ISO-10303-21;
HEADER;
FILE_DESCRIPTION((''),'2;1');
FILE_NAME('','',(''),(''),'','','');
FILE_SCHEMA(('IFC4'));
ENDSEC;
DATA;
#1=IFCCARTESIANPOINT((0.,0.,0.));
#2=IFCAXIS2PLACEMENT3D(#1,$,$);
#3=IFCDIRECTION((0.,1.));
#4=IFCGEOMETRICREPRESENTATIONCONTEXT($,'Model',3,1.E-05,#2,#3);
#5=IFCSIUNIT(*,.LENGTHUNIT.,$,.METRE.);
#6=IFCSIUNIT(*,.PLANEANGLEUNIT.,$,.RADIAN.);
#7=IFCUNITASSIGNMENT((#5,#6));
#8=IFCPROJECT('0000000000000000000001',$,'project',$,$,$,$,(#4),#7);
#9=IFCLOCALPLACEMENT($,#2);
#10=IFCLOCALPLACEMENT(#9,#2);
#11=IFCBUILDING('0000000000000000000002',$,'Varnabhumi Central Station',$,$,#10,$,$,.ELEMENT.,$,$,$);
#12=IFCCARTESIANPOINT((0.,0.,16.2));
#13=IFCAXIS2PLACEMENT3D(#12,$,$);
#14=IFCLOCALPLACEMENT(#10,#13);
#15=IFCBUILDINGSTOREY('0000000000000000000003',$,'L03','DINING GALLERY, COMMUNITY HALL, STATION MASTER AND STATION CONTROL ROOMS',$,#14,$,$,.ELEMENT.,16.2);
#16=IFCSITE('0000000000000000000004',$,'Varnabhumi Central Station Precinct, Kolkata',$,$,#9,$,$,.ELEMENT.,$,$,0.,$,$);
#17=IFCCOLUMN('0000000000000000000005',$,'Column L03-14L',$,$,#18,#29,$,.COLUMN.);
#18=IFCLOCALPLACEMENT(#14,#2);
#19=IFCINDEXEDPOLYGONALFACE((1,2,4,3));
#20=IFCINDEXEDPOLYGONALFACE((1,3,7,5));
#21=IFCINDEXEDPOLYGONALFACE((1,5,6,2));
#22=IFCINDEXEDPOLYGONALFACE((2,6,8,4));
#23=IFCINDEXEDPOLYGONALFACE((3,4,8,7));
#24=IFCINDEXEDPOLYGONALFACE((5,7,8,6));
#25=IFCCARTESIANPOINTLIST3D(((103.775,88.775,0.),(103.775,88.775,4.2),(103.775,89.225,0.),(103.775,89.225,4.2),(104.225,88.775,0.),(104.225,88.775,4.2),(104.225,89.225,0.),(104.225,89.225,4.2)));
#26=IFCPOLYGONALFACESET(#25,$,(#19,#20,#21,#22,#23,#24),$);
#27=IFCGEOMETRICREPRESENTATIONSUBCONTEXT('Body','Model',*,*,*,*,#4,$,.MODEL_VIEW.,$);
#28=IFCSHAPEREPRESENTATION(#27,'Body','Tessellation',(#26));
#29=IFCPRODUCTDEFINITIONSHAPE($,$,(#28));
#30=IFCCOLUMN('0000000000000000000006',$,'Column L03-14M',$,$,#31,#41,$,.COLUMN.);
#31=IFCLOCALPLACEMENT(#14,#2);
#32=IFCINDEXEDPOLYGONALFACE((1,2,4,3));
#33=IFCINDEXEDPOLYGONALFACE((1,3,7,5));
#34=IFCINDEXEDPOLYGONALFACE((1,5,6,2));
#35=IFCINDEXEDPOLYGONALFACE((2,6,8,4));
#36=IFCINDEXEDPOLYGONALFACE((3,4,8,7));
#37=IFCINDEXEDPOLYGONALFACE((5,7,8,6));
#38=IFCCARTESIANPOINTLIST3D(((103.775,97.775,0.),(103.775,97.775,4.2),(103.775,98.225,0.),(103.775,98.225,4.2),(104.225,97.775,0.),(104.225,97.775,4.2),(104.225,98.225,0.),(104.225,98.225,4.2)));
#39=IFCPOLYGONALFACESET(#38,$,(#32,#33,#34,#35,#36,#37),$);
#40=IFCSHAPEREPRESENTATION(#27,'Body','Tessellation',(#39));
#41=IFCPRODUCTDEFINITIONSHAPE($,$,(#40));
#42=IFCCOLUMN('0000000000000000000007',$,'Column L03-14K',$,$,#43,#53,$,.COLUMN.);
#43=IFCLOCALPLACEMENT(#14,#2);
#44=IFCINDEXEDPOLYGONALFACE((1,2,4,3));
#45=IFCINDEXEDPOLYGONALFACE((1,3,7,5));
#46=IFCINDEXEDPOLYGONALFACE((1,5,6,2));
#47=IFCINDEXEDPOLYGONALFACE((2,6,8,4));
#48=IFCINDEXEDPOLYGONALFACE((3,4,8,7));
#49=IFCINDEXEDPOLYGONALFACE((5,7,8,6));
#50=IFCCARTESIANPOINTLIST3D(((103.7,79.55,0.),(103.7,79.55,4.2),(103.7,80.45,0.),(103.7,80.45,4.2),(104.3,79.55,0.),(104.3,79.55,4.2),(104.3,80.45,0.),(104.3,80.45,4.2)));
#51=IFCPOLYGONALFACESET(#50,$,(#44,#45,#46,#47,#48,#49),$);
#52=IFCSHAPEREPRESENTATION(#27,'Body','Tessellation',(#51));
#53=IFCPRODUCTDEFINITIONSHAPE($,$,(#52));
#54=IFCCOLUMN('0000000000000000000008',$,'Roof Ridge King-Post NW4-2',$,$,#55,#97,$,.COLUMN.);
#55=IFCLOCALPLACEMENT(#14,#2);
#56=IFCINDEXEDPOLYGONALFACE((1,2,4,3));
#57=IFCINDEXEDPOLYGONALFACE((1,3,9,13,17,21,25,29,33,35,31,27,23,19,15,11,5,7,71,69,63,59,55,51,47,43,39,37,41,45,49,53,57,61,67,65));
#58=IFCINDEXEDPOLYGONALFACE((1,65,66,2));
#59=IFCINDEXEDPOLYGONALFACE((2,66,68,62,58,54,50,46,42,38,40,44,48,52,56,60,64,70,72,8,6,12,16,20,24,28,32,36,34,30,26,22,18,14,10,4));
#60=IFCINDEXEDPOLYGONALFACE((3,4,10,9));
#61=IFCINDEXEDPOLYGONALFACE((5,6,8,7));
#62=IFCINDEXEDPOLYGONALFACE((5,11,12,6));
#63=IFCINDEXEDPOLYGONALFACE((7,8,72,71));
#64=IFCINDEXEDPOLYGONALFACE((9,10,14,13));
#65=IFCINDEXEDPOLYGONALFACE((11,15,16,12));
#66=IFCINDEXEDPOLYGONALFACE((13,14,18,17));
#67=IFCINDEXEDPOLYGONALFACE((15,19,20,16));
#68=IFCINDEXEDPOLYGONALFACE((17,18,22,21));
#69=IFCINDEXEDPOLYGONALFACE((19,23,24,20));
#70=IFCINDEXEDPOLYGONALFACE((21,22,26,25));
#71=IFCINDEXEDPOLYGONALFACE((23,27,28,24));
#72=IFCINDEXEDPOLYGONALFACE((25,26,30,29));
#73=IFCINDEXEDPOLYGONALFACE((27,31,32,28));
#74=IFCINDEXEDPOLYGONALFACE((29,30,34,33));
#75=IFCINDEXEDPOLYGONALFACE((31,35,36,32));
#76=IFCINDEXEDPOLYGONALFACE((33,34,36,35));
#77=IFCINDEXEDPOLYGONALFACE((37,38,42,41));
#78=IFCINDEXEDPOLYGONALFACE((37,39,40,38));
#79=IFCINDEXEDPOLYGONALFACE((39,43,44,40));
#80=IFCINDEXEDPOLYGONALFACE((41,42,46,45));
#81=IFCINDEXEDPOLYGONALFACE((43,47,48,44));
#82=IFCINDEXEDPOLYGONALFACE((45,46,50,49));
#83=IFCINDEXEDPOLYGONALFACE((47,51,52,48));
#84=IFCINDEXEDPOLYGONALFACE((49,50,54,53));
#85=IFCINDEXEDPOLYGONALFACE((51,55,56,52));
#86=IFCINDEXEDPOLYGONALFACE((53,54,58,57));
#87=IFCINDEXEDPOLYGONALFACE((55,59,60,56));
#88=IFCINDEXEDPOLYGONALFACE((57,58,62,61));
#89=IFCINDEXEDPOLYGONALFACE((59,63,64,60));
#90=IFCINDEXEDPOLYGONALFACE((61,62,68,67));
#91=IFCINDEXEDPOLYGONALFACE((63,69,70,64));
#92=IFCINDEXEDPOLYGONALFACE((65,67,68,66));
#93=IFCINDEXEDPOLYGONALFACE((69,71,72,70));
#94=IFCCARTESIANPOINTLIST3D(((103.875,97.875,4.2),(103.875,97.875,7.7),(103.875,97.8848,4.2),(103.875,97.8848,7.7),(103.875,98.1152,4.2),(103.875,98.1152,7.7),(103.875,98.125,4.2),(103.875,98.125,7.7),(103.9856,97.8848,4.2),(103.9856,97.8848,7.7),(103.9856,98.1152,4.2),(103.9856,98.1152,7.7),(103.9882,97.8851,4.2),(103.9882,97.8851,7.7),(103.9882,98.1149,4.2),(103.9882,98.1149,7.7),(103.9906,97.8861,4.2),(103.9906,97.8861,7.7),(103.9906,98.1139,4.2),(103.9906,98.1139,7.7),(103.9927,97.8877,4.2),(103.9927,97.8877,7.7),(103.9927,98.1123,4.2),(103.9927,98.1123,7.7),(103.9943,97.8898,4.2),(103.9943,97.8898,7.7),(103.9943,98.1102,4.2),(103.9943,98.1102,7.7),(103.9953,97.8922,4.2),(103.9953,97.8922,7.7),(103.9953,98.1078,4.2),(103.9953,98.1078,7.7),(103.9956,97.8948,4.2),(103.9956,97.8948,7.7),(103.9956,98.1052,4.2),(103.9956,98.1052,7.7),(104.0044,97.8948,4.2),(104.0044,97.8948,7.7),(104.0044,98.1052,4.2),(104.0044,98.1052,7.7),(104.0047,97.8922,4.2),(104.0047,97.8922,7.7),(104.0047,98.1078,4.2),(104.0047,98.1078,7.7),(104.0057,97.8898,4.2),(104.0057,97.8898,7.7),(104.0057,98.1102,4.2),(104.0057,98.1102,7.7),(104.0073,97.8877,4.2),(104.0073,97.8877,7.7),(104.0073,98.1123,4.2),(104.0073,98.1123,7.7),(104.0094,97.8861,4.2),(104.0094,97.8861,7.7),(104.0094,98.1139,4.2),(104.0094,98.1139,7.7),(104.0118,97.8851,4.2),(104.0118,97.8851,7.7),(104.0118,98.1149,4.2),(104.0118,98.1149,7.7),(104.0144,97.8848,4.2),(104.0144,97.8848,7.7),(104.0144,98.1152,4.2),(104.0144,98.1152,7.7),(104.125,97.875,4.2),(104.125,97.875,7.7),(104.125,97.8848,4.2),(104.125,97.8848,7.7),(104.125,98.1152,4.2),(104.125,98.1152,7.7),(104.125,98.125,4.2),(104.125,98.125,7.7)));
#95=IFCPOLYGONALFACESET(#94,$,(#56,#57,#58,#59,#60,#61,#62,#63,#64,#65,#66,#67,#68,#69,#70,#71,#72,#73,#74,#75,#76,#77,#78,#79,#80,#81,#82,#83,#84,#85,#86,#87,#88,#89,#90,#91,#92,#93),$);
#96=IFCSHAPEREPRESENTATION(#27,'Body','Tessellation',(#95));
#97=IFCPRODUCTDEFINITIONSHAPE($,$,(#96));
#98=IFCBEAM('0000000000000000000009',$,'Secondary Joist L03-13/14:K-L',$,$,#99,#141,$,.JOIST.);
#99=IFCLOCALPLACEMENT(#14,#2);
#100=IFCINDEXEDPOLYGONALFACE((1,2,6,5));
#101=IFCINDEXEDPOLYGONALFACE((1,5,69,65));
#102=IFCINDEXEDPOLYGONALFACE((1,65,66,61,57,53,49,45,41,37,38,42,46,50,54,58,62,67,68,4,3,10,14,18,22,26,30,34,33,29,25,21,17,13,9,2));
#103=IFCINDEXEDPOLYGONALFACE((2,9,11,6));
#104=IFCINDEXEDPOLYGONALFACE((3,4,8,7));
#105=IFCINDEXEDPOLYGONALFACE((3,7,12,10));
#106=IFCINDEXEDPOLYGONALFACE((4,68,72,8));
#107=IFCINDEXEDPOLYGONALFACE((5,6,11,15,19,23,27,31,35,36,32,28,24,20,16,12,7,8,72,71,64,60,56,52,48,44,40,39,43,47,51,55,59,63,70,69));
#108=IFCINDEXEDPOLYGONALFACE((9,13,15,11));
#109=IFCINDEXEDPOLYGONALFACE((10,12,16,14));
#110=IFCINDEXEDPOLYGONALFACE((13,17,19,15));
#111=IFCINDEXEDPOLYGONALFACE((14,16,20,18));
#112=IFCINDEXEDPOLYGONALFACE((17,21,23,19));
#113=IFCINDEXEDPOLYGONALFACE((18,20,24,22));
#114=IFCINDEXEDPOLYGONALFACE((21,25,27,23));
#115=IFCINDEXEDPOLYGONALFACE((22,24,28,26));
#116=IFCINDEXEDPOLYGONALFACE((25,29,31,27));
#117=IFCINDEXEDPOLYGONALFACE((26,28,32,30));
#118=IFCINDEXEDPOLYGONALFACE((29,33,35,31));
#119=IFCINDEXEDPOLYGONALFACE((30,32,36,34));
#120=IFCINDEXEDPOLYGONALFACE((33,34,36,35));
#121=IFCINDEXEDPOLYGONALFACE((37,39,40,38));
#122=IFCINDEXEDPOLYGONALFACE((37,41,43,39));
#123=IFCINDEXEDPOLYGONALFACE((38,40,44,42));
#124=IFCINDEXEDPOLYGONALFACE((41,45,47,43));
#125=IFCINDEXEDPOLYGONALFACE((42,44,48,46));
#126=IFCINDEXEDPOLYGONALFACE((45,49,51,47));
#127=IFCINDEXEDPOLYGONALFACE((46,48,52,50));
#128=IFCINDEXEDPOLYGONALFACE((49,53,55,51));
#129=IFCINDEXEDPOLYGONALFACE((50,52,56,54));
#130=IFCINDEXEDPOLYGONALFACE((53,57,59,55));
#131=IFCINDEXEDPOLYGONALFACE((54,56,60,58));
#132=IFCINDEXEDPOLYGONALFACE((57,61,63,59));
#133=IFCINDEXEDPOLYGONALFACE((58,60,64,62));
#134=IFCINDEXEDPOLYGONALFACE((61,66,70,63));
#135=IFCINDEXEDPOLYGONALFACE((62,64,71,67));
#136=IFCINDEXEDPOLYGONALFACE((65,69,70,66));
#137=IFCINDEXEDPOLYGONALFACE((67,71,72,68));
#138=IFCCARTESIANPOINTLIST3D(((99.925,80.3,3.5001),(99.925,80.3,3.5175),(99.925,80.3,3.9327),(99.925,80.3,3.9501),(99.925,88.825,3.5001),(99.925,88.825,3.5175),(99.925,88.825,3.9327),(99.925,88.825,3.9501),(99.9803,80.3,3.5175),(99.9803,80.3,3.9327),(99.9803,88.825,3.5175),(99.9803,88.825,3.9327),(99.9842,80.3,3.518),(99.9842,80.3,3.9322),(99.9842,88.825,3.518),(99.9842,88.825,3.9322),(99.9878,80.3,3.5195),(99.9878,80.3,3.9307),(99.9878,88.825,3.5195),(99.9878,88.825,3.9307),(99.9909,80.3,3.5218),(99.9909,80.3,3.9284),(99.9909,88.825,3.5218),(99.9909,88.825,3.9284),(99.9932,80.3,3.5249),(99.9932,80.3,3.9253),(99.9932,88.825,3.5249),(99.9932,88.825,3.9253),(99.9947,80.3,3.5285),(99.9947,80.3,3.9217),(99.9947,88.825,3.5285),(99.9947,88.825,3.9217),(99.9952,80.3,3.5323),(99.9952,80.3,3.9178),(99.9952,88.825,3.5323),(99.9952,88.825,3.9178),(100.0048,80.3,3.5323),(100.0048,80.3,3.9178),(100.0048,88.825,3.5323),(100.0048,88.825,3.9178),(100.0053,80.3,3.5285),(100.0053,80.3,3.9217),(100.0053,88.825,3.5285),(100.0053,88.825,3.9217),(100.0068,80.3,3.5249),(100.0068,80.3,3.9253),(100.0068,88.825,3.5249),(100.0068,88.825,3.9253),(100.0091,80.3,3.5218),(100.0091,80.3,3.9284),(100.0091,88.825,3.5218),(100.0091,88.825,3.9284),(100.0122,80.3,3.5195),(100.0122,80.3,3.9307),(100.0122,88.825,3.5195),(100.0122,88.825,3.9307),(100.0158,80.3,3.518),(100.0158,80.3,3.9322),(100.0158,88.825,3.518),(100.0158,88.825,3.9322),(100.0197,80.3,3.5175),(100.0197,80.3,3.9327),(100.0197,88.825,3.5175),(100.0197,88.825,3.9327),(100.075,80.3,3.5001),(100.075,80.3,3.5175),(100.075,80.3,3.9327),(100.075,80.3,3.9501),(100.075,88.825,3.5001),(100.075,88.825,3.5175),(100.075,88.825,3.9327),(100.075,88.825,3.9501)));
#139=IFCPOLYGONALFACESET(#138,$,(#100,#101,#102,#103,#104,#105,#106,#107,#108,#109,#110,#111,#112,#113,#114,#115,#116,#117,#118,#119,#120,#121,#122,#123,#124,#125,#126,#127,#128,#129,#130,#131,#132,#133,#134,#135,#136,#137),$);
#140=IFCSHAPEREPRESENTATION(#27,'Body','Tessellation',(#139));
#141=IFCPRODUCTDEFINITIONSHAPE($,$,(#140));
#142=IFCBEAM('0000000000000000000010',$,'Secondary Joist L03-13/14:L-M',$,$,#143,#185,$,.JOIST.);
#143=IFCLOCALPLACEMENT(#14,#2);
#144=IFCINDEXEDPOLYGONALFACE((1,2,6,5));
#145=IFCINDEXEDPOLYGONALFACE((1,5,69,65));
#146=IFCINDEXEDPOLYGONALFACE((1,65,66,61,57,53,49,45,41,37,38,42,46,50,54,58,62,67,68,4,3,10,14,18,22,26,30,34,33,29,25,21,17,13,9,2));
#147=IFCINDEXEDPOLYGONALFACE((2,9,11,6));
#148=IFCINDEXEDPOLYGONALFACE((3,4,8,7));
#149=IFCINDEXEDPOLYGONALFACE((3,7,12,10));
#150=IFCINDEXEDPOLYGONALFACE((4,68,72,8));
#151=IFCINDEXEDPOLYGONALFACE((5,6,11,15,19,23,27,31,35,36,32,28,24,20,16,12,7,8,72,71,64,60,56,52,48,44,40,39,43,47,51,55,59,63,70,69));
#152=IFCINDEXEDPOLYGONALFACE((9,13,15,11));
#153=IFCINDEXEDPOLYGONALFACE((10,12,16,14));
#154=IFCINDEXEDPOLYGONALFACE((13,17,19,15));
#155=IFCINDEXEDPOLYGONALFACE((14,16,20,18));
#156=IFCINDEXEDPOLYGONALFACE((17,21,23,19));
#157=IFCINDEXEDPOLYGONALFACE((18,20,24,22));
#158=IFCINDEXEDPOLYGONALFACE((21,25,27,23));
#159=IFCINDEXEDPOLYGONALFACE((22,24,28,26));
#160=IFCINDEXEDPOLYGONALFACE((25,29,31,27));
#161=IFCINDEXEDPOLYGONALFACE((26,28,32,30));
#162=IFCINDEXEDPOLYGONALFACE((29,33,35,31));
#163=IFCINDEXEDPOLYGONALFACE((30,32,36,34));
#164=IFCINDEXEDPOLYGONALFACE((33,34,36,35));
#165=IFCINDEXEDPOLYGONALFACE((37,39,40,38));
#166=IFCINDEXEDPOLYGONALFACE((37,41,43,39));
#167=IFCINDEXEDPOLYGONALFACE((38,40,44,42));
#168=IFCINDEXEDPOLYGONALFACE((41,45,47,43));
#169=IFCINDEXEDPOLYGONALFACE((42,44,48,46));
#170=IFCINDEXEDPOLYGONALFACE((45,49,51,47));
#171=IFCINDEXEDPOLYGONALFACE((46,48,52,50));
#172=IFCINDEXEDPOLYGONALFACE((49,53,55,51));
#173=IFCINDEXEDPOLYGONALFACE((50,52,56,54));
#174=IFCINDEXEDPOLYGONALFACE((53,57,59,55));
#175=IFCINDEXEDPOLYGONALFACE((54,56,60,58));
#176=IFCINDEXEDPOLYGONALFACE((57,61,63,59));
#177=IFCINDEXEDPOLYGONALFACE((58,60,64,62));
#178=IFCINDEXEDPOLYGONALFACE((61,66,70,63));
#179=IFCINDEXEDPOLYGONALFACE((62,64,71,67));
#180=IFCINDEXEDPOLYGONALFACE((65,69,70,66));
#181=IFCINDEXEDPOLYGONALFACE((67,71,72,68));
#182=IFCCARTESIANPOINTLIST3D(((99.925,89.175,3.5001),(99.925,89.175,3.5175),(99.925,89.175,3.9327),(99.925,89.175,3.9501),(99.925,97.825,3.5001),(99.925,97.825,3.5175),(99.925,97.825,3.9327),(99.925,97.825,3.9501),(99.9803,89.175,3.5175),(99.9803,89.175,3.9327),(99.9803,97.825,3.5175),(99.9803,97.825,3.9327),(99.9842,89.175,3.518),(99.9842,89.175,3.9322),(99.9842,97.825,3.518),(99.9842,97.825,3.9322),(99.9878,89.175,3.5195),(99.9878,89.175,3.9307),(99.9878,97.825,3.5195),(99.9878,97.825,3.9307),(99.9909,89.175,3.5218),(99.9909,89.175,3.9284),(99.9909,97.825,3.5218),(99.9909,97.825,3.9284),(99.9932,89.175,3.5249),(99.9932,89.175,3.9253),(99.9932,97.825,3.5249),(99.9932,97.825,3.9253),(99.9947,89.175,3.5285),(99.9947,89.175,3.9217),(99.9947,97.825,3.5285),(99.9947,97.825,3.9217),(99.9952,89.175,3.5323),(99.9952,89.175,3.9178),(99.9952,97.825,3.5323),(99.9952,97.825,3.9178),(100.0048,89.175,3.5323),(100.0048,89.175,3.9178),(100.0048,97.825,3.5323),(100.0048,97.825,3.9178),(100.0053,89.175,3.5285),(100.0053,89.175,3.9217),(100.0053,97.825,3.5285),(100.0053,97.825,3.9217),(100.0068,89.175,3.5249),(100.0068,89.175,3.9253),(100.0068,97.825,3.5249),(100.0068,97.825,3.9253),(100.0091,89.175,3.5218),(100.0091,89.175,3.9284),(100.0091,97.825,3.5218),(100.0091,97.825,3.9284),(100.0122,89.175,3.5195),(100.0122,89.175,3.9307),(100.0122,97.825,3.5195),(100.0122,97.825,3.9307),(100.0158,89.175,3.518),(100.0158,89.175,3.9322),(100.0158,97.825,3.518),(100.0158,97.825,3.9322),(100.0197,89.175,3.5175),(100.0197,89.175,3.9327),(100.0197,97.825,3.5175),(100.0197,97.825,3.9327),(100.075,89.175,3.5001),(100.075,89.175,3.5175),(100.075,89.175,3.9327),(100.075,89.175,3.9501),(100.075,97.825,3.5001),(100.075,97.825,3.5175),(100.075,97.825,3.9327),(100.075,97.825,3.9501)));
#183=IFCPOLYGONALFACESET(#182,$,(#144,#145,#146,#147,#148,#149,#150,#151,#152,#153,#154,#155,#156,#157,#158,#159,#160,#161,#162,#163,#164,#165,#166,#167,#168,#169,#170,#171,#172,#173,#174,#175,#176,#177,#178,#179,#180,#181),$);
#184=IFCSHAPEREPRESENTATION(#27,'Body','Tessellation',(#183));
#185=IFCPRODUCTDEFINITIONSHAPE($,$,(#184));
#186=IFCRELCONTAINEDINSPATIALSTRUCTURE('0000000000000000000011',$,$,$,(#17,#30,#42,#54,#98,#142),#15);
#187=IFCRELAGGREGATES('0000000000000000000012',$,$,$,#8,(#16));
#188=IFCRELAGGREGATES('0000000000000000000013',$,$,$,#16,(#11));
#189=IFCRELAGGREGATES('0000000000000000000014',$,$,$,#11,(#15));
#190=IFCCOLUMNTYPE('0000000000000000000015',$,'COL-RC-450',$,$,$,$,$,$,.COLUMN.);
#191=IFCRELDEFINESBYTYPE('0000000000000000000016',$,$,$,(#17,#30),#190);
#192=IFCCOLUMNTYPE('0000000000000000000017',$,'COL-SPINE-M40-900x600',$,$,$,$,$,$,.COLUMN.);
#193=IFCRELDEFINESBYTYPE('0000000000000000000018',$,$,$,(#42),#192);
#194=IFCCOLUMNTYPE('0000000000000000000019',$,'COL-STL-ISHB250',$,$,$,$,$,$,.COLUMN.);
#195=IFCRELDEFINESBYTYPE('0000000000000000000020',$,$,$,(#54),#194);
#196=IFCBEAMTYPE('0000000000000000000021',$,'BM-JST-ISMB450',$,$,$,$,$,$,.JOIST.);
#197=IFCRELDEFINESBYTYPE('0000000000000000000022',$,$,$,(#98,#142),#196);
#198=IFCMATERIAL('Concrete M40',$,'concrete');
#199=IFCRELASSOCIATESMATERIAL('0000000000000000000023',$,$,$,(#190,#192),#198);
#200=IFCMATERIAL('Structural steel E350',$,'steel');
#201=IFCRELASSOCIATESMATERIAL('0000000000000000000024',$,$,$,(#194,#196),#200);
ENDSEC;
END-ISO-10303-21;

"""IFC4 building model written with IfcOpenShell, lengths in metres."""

from ifc_helpers import new_model, si_unit, direction, frame, origin, origin_2d, place, context, subcontext, project, spatial, rectangle, i_section, extrude, material, material_profile, profile_set, type_object, element, save


model = new_model("IFC4")

# Units and contexts
model_context = context("Model", 3, precision=1e-05, world=origin(), true_north=direction((0.0, 1.0)))
body_context = subcontext(model_context, "Body", "Model", "MODEL_VIEW")
ifc_project = project(units=[si_unit("LENGTHUNIT", "METRE"), si_unit("PLANEANGLEUNIT", "RADIAN")], contexts=[model_context])

# Site, building, storey
site_placement = place(None, origin())
site = spatial("IfcSite", under=ifc_project, at=site_placement, Name="Varnabhumi Central Station Precinct, Kolkata", CompositionType="ELEMENT", RefElevation=0.0)
building_placement = place(site_placement, origin())
building = spatial("IfcBuilding", under=site, at=building_placement, Name="Varnabhumi Central Station", CompositionType="ELEMENT")
storey_placement = place(building_placement, frame((0.0, 0.0, 16.2)))
storey = spatial("IfcBuildingStorey", under=building, at=storey_placement, Name="L03", Description="DINING GALLERY, COMMUNITY HALL, STATION MASTER AND STATION CONTROL ROOMS", CompositionType="ELEMENT", Elevation=16.2)

# Columns
ifc_material_1 = material(Name="Concrete M40", Category="concrete")
ifc_material_profile_1 = material_profile(ifc_material_1, rectangle(XDim=0.45, YDim=0.45, at=origin_2d()), Name="Concrete M40", Category="concrete")
ifc_profile_set_1 = profile_set([ifc_material_profile_1], Name="Concrete M40")
column_type_1 = type_object("IfcColumnType", Name="COL-RC-450", PredefinedType="COLUMN", material=ifc_profile_set_1)
for number, where, z_axis, x_axis, name in (
    (1, (104.0, 89.0, 0.0), (0.0, 0.0, 1.0), (1.0, 0.0, 0.0), "Column L03-14L"),
    (2, (104.0, 98.0, 0.0), (0.0, 0.0, 1.0), (1.0, 0.0, 0.0), "Column L03-14M"),
):
    element("IfcColumn", number, at=place(storey_placement, frame(where, z_axis=z_axis, x_axis=x_axis)), inside=storey, type_object=column_type_1, Name=name, PredefinedType="COLUMN", context=body_context, shape_type="SweptSolid", body=[
        extrude(rectangle(XDim=0.45, YDim=0.45, at=origin_2d()), origin(), (0.0, 0.0, 1.0), 4.2),
    ])
ifc_material_profile_2 = material_profile(ifc_material_1, rectangle(XDim=0.6001, YDim=0.8999, at=origin_2d()), Name="Concrete M40", Category="concrete")
ifc_profile_set_2 = profile_set([ifc_material_profile_2], Name="Concrete M40")
column_type_2 = type_object("IfcColumnType", Name="COL-SPINE-M40-900x600", PredefinedType="COLUMN", material=ifc_profile_set_2)
column_1_placement = place(storey_placement, frame((104.0, 80.0, 0.0), z_axis=(0.0, 0.0, 1.0), x_axis=(1.0, 0.0, 0.0)))
element("IfcColumn", 3, at=column_1_placement, inside=storey, type_object=column_type_2, Name="Column L03-14K", PredefinedType="COLUMN", context=body_context, shape_type="SweptSolid", body=[
    extrude(rectangle(XDim=0.6001, YDim=0.8999, at=origin_2d()), origin(), (0.0, 0.0, 1.0), 4.2),
])
ifc_material_2 = material(Name="Structural steel E350", Category="steel")
ifc_material_profile_3 = material_profile(ifc_material_2, i_section(OverallWidth=0.25, OverallDepth=0.25, WebThickness=0.0088, FlangeThickness=0.0098, FilletRadius=0.01, at=origin_2d()), Name="Structural steel E350", Category="steel")
ifc_profile_set_3 = profile_set([ifc_material_profile_3], Name="Structural steel E350")
column_type_3 = type_object("IfcColumnType", Name="COL-STL-ISHB250", PredefinedType="COLUMN", material=ifc_profile_set_3)
column_2_placement = place(storey_placement, frame((104.0, 98.0, 4.2), z_axis=(0.0, 0.0, 1.0), x_axis=(1.0, 0.0, 0.0)))
element("IfcColumn", 4, at=column_2_placement, inside=storey, type_object=column_type_3, Name="Roof Ridge King-Post NW4-2", PredefinedType="COLUMN", context=body_context, shape_type="SweptSolid", body=[
    extrude(i_section(OverallWidth=0.25, OverallDepth=0.25, WebThickness=0.0088, FlangeThickness=0.0098, FilletRadius=0.01, at=origin_2d()), origin(), (0.0, 0.0, 1.0), 3.5),
])

# Beams
ifc_material_profile_4 = material_profile(ifc_material_2, i_section(OverallWidth=0.1499, OverallDepth=0.45, WebThickness=0.0095, FlangeThickness=0.0173, FilletRadius=0.0149, at=origin_2d()), Name="Structural steel E350", Category="steel")
ifc_profile_set_4 = profile_set([ifc_material_profile_4], Name="Structural steel E350")
beam_type_1 = type_object("IfcBeamType", Name="BM-JST-ISMB450", PredefinedType="JOIST", material=ifc_profile_set_4)
beam_1_placement = place(storey_placement, frame((100.0, 80.3, 3.7251), z_axis=(0.0, 1.0, 0.0), x_axis=(-1.0, 0.0, 0.0)))
element("IfcBeam", 5, at=beam_1_placement, inside=storey, type_object=beam_type_1, Name="Secondary Joist L03-13/14:K-L", PredefinedType="JOIST", context=body_context, shape_type="SweptSolid", body=[
    extrude(i_section(OverallWidth=0.1499, OverallDepth=0.45, WebThickness=0.0095, FlangeThickness=0.0173, FilletRadius=0.0149, at=origin_2d()), origin(), (0.0, 0.0, 1.0), 8.5249),
])
beam_2_placement = place(storey_placement, frame((100.0, 89.175, 3.7251), z_axis=(0.0, 1.0, 0.0), x_axis=(-1.0, 0.0, 0.0)))
element("IfcBeam", 6, at=beam_2_placement, inside=storey, type_object=beam_type_1, Name="Secondary Joist L03-13/14:L-M", PredefinedType="JOIST", context=body_context, shape_type="SweptSolid", body=[
    extrude(i_section(OverallWidth=0.1499, OverallDepth=0.45, WebThickness=0.0095, FlangeThickness=0.0173, FilletRadius=0.0149, at=origin_2d()), origin(), (0.0, 0.0, 1.0), 8.6499),
])

save(model, "model.ifc")
